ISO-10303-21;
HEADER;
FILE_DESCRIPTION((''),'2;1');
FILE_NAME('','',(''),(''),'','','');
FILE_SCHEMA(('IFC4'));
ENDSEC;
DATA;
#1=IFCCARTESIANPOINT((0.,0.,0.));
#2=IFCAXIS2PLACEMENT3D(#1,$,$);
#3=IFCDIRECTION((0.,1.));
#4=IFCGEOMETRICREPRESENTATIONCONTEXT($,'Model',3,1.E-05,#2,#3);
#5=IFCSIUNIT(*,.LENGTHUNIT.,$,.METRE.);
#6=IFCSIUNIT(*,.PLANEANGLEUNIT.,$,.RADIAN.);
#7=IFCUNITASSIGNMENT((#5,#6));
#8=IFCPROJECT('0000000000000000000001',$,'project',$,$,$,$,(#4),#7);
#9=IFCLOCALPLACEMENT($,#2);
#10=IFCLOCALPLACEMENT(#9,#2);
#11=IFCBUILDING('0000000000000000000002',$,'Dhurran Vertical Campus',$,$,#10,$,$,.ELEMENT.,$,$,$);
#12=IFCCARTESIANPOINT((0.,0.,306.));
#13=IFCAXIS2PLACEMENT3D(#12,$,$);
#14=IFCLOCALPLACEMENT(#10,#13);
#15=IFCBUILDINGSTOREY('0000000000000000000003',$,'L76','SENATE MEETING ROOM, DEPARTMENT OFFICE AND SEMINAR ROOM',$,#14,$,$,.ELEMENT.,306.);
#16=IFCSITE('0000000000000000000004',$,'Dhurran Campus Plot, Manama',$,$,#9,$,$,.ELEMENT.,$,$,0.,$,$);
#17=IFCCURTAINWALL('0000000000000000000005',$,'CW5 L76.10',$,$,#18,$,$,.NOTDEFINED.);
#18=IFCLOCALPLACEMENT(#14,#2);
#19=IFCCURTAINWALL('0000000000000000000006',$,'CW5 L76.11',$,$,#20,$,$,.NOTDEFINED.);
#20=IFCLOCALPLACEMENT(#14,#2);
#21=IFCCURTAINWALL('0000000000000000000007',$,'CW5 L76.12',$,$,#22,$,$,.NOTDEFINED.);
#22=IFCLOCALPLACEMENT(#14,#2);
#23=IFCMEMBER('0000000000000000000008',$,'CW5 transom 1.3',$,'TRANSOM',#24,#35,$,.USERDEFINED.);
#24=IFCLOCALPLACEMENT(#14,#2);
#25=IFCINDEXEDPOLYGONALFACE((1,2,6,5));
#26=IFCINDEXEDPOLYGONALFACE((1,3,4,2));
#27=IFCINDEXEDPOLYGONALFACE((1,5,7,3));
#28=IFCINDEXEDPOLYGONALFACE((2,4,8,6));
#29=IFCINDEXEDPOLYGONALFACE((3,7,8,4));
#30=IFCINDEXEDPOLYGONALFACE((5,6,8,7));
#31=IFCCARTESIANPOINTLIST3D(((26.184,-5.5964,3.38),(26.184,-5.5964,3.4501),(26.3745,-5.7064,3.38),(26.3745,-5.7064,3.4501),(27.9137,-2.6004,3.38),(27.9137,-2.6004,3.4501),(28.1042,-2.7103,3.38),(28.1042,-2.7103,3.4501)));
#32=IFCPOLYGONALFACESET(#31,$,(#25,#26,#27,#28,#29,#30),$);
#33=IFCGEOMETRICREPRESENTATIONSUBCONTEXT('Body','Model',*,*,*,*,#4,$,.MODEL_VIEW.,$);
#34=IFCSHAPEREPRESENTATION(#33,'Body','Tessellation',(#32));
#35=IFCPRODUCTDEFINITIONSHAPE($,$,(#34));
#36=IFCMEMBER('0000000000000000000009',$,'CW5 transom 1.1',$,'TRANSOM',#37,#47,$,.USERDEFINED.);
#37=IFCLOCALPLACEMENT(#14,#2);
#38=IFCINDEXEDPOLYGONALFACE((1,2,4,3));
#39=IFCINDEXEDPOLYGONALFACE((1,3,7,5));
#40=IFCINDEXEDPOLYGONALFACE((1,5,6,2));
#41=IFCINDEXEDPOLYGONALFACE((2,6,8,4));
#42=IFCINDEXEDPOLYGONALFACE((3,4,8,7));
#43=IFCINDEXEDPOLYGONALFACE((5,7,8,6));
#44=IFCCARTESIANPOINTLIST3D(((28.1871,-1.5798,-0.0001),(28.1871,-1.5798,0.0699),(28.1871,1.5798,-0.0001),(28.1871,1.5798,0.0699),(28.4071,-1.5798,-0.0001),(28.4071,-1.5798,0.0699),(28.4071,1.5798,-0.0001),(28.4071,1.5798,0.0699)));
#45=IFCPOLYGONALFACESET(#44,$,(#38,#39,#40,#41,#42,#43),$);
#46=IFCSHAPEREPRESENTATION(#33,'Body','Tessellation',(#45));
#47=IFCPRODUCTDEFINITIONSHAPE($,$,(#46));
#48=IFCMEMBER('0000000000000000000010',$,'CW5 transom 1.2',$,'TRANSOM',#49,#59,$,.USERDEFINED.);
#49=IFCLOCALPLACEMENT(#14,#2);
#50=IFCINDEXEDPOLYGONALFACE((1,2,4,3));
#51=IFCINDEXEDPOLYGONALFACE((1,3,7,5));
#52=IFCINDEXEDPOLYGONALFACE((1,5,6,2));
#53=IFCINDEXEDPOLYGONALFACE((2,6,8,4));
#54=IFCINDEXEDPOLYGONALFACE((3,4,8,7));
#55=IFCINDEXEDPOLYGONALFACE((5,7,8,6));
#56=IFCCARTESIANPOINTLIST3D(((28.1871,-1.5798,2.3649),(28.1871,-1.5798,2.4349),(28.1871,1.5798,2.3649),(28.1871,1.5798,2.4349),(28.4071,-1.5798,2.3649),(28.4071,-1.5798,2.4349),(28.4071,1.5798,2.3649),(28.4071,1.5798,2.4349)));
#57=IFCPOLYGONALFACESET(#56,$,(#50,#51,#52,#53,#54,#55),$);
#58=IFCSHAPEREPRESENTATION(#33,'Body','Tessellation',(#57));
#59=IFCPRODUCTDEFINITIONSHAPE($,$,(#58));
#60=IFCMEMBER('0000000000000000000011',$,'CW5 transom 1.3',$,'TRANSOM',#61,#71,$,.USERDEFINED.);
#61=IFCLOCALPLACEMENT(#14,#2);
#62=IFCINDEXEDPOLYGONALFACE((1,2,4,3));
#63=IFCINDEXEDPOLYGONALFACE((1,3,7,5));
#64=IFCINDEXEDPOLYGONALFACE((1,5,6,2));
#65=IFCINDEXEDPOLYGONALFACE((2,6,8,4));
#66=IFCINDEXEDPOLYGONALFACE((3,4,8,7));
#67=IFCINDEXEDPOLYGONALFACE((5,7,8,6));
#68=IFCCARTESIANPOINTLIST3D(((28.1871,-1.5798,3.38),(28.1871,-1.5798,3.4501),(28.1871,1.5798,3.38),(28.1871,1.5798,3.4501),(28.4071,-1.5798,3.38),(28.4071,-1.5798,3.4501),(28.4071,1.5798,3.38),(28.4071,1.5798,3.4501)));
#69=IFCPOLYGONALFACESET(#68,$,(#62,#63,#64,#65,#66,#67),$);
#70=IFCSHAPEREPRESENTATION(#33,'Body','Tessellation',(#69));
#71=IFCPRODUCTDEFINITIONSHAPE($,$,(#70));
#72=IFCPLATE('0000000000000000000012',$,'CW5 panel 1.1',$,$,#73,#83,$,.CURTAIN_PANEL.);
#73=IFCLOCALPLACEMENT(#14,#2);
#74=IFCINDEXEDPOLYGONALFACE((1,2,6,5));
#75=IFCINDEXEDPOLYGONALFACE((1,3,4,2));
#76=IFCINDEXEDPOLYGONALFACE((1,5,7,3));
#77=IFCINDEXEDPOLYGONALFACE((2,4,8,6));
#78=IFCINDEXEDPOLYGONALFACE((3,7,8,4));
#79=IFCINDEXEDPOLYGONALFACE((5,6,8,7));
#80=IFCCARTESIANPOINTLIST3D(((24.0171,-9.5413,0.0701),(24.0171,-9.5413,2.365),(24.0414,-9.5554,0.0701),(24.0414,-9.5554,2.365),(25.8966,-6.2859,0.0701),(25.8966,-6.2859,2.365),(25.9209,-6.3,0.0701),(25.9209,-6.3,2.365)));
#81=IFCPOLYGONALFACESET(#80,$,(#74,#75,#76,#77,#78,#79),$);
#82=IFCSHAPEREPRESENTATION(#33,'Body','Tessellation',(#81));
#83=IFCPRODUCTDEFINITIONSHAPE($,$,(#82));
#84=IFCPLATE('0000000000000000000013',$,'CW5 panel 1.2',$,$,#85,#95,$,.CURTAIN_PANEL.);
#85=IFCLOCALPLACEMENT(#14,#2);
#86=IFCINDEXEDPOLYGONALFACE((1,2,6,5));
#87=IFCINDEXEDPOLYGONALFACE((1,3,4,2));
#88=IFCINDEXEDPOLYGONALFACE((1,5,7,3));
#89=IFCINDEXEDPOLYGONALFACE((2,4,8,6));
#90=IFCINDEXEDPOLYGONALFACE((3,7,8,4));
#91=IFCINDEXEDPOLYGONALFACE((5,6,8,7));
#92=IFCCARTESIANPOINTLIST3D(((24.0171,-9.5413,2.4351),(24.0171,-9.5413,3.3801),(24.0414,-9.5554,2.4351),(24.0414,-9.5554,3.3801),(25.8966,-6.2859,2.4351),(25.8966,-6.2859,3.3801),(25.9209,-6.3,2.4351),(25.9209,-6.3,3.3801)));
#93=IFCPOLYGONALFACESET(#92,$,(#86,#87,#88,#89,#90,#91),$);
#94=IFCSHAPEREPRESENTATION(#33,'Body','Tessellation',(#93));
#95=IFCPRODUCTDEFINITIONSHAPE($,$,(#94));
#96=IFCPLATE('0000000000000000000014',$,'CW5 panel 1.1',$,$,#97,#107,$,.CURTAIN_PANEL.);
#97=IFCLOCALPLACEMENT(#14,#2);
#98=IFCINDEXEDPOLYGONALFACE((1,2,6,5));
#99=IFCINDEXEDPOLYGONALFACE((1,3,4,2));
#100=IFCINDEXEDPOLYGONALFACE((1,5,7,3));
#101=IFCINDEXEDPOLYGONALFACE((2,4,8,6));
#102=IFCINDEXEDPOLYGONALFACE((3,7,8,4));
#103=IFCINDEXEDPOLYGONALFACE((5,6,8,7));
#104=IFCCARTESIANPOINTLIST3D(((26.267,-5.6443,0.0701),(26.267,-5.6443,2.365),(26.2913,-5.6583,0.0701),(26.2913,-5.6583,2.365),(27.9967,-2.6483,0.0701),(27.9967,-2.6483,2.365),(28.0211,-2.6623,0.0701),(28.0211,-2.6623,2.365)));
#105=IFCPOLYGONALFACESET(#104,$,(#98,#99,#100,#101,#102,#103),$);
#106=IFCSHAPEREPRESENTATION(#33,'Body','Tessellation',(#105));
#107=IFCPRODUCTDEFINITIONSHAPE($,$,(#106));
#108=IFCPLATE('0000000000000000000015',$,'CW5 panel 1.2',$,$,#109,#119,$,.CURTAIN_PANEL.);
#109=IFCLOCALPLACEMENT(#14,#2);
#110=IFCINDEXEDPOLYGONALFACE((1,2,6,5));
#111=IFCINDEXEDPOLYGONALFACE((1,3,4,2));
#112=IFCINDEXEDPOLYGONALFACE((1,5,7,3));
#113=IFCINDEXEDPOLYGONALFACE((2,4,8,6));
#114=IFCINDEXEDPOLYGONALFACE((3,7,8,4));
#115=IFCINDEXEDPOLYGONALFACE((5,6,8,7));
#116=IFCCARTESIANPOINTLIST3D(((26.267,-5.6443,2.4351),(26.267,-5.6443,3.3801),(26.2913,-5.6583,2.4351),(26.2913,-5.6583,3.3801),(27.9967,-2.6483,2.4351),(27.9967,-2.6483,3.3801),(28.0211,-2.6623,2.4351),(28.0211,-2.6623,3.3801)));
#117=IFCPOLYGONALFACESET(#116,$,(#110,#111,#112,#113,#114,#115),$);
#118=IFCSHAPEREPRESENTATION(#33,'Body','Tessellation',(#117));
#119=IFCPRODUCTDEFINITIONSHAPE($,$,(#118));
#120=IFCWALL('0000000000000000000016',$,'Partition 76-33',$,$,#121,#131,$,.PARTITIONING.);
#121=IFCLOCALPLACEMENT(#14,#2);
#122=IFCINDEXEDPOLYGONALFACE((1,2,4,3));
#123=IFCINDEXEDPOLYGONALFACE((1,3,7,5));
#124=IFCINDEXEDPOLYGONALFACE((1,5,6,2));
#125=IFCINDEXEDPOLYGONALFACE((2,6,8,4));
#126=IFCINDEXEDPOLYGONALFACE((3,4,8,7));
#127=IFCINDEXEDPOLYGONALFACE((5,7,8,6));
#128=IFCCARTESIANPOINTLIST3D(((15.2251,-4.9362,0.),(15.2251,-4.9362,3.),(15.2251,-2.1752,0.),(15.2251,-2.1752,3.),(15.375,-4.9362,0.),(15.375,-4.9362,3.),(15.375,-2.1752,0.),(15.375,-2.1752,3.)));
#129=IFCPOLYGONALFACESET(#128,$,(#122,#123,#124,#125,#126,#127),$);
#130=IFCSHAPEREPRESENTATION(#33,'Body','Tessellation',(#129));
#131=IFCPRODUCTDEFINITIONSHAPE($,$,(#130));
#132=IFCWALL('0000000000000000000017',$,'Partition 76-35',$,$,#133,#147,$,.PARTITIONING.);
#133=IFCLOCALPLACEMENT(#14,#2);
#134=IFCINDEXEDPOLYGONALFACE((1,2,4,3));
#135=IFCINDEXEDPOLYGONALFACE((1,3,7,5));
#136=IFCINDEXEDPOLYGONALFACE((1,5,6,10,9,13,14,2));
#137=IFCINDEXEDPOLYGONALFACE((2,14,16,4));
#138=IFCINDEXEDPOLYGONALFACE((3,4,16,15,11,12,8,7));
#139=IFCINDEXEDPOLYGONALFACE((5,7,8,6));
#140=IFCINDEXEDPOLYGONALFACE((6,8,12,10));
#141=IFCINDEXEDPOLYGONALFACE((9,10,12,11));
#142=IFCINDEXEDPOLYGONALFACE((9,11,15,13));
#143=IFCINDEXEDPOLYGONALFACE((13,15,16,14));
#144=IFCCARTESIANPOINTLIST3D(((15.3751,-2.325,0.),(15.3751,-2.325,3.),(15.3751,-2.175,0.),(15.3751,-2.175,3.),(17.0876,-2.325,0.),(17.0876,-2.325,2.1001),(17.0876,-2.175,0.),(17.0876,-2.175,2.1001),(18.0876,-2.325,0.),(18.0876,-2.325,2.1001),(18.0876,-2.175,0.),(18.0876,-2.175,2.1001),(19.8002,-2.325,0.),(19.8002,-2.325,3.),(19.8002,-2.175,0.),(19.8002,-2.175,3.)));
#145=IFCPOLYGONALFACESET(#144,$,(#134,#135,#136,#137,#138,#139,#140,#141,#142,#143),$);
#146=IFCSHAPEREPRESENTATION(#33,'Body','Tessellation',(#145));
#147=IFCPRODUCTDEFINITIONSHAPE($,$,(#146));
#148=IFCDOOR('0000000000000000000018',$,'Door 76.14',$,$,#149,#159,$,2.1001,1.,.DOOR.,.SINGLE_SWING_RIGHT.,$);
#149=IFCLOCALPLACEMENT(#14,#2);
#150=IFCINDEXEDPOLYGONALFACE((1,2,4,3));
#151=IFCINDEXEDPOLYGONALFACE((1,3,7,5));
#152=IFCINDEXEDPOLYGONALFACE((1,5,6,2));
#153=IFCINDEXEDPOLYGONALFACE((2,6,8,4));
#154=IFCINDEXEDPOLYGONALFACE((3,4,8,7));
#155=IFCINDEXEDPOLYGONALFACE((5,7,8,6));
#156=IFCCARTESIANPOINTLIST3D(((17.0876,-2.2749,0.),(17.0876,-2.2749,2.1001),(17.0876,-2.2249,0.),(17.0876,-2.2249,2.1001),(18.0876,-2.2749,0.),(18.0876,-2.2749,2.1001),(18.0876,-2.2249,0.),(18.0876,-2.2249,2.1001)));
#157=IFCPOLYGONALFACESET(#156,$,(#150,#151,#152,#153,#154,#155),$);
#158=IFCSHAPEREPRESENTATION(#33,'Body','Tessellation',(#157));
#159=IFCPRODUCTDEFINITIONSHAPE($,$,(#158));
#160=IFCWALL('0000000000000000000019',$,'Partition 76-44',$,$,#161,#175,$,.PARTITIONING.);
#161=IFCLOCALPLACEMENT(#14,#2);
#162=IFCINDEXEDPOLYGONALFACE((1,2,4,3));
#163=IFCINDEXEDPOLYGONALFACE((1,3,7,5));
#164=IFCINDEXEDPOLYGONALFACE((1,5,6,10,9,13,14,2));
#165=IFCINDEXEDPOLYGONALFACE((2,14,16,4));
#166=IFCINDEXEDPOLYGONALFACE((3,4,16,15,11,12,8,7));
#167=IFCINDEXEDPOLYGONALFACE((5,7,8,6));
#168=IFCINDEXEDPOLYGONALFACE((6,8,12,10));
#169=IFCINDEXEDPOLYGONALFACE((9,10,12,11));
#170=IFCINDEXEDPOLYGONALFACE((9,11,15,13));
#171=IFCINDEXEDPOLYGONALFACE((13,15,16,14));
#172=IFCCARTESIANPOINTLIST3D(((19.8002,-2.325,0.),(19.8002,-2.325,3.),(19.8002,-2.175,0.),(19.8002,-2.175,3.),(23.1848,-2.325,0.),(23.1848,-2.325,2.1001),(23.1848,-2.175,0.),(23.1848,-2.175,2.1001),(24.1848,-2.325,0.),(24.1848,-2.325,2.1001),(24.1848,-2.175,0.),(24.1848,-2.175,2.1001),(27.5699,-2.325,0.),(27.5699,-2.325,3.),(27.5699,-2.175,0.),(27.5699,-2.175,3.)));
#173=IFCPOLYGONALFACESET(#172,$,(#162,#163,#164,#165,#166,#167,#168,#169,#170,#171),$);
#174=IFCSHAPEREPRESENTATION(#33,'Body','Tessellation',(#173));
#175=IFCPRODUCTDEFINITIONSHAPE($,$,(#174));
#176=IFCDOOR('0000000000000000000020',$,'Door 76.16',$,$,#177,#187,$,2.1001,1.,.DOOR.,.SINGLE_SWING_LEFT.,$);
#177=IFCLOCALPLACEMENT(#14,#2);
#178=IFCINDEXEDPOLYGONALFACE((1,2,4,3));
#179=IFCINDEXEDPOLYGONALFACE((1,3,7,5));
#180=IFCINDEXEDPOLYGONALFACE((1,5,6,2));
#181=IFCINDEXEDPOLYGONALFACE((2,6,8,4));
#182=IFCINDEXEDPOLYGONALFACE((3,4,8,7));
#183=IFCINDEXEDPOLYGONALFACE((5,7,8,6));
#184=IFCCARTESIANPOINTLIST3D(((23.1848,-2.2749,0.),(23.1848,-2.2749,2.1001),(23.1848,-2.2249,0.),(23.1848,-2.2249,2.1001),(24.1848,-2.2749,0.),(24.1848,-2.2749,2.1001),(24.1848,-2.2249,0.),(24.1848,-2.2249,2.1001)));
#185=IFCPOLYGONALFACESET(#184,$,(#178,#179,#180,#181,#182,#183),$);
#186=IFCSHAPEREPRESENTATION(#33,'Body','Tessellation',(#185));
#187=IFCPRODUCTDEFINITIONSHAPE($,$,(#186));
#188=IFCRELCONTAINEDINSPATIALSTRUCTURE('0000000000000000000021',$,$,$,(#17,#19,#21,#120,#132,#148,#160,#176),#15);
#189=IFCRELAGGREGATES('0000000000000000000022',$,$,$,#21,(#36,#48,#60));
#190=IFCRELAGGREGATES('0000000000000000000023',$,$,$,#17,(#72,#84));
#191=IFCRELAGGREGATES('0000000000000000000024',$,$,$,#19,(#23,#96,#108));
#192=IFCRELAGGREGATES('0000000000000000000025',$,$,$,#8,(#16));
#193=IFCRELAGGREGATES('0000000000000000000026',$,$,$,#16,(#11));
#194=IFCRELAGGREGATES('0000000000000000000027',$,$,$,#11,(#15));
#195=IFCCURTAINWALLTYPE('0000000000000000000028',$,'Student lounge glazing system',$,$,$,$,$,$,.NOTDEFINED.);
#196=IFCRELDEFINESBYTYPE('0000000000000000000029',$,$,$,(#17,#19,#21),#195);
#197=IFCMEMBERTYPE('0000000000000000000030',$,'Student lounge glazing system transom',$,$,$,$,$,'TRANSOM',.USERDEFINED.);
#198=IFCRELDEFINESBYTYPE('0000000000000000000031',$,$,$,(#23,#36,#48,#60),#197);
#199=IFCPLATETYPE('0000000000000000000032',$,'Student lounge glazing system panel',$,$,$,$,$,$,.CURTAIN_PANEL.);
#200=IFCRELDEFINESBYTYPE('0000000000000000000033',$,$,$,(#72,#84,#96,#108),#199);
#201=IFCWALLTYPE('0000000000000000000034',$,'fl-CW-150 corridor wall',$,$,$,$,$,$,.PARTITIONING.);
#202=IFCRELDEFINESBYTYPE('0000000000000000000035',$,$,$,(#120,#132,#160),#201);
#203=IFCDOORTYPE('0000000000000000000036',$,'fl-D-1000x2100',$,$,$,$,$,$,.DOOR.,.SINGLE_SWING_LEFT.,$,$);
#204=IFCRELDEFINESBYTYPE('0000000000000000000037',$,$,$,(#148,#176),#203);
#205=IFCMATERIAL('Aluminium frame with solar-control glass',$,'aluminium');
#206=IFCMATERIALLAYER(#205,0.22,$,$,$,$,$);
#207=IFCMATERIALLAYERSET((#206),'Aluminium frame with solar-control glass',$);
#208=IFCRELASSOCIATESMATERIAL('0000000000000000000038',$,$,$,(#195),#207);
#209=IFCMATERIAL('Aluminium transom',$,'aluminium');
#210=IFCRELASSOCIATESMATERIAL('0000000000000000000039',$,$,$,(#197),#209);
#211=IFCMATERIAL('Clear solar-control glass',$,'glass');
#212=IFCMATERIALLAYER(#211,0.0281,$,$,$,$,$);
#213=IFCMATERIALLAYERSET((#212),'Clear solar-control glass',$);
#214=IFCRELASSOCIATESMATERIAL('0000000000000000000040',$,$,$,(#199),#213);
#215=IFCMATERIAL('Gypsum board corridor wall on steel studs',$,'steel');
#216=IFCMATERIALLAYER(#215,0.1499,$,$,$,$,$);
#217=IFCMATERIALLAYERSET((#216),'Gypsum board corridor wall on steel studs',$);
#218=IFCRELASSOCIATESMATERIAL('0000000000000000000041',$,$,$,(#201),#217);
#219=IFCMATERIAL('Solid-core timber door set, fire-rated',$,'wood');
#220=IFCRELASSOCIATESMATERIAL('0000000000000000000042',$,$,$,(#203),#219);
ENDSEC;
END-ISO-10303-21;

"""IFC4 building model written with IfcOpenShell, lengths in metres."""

from ifc_helpers import new_model, si_unit, direction, frame, frame_2d, origin, origin_2d, place, context, subcontext, project, spatial, rectangle, extrude, material, layer, layer_set, material_profile, profile_set, type_object, element, fill, aggregate, save


model = new_model("IFC4")

# Units and contexts
model_context = context("Model", 3, precision=1e-05, world=origin(), true_north=direction((0.0, 1.0)))
body_context = subcontext(model_context, "Body", "Model", "MODEL_VIEW")
ifc_project = project(units=[si_unit("LENGTHUNIT", "METRE"), si_unit("PLANEANGLEUNIT", "RADIAN")], contexts=[model_context])

# Site, building, storey
site_placement = place(None, origin())
site = spatial("IfcSite", under=ifc_project, at=site_placement, Name="Dhurran Campus Plot, Manama", CompositionType="ELEMENT", RefElevation=0.0)
building_placement = place(site_placement, origin())
building = spatial("IfcBuilding", under=site, at=building_placement, Name="Dhurran Vertical Campus", CompositionType="ELEMENT")
storey_placement = place(building_placement, frame((0.0, 0.0, 306.0)))
storey = spatial("IfcBuildingStorey", under=building, at=storey_placement, Name="L76", Description="SENATE MEETING ROOM, DEPARTMENT OFFICE AND SEMINAR ROOM", CompositionType="ELEMENT", Elevation=306.0)

# Shared definitions
ifc_material_1 = material(Name="Aluminium frame with solar-control glass", Category="aluminium")
ifc_layer_1 = layer(ifc_material_1, 0.22)
ifc_layer_set_1 = layer_set([ifc_layer_1], Name="Aluminium frame with solar-control glass")
curtain_wall_type = type_object("IfcCurtainWallType", Name="Student lounge glazing system", PredefinedType="NOTDEFINED", material=ifc_layer_set_1)

# Curtain walls
curtain_wall_1_placement = place(storey_placement, origin())
curtain_wall_1 = element("IfcCurtainWall", 1, at=curtain_wall_1_placement, inside=storey, type_object=curtain_wall_type, Name="CW5 L76.10", PredefinedType="NOTDEFINED")
curtain_wall_2_placement = place(storey_placement, origin())
curtain_wall_2 = element("IfcCurtainWall", 2, at=curtain_wall_2_placement, inside=storey, type_object=curtain_wall_type, Name="CW5 L76.11", PredefinedType="NOTDEFINED")

# Curtain wall
curtain_wall_3_placement = place(storey_placement, origin())
curtain_wall_3 = element("IfcCurtainWall", 3, at=curtain_wall_3_placement, inside=storey, type_object=curtain_wall_type, Name="CW5 L76.12", PredefinedType="NOTDEFINED")

# Members
ifc_material_2 = material(Name="Aluminium transom", Category="aluminium")
ifc_material_profile_1 = material_profile(ifc_material_2, rectangle(XDim=0.22, YDim=0.0701, at=origin_2d()), Name="Student lounge glazing system transom")
ifc_profile_set_1 = profile_set([ifc_material_profile_1], Name="Aluminium transom")
member_type_1 = type_object("IfcMemberType", Name="Student lounge glazing system transom", ElementType="TRANSOM", PredefinedType="USERDEFINED", material=ifc_profile_set_1)
member_1_placement = place(storey_placement, frame((26.2793, -5.6514, 3.415), z_axis=(0.499987, 0.866033, 0.0), x_axis=(-0.866033, 0.499987, 0.0)))
member_1 = element("IfcMember", 4, at=member_1_placement, type_object=member_type_1, Name="CW5 transom 1.3", ObjectType="TRANSOM", PredefinedType="USERDEFINED", context=body_context, shape_type="SweptSolid", body=[
    extrude(rectangle(XDim=0.22, YDim=0.0701, at=origin_2d()), origin(), (0.0, 0.0, 1.0), 3.4595),
])
member_2_placement = place(storey_placement, frame((28.2971, -1.5798, 0.0349), z_axis=(0.0, 1.0, 0.0), x_axis=(-1.0, 0.0, 0.0)))
member_2 = element("IfcMember", 5, at=member_2_placement, type_object=member_type_1, Name="CW5 transom 1.1", ObjectType="TRANSOM", PredefinedType="USERDEFINED", context=body_context, shape_type="SweptSolid", body=[
    extrude(rectangle(XDim=0.22, YDim=0.0701, at=origin_2d()), origin(), (0.0, 0.0, 1.0), 3.1597),
])
member_3_placement = place(storey_placement, frame((28.2971, -1.5798, 2.3999), z_axis=(0.0, 1.0, 0.0), x_axis=(-1.0, 0.0, 0.0)))
member_3 = element("IfcMember", 6, at=member_3_placement, type_object=member_type_1, Name="CW5 transom 1.2", ObjectType="TRANSOM", PredefinedType="USERDEFINED", context=body_context, shape_type="SweptSolid", body=[
    extrude(rectangle(XDim=0.22, YDim=0.0701, at=origin_2d()), origin(), (0.0, 0.0, 1.0), 3.1597),
])
member_4_placement = place(storey_placement, frame((28.2971, -1.5798, 3.415), z_axis=(0.0, 1.0, 0.0), x_axis=(-1.0, 0.0, 0.0)))
member_4 = element("IfcMember", 7, at=member_4_placement, type_object=member_type_1, Name="CW5 transom 1.3", ObjectType="TRANSOM", PredefinedType="USERDEFINED", context=body_context, shape_type="SweptSolid", body=[
    extrude(rectangle(XDim=0.22, YDim=0.0701, at=origin_2d()), origin(), (0.0, 0.0, 1.0), 3.1597),
])
aggregate(curtain_wall_3, [member_2, member_3, member_4])

# Plates
ifc_material_3 = material(Name="Clear solar-control glass", Category="glass")
ifc_layer_2 = layer(ifc_material_3, 0.0281)
ifc_layer_set_2 = layer_set([ifc_layer_2], Name="Clear solar-control glass")
plate_type = type_object("IfcPlateType", Name="Student lounge glazing system panel", PredefinedType="CURTAIN_PANEL", material=ifc_layer_set_2)
plate_1_placement = place(storey_placement, frame((24.969, -7.9207, 0.0701), z_axis=(0.0, 0.0, 1.0), x_axis=(0.500004, 0.866023, 0.0)))
plate_1 = element("IfcPlate", 8, at=plate_1_placement, type_object=plate_type, Name="CW5 panel 1.1", PredefinedType="CURTAIN_PANEL", context=body_context, shape_type="SweptSolid", body=[
    extrude(rectangle(XDim=3.759, YDim=0.0281, at=origin_2d()), origin(), (0.0, 0.0, 1.0), 2.2949),
])
plate_2_placement = place(storey_placement, frame((24.969, -7.9207, 2.4351), z_axis=(0.0, 0.0, 1.0), x_axis=(0.500004, 0.866023, 0.0)))
plate_2 = element("IfcPlate", 9, at=plate_2_placement, type_object=plate_type, Name="CW5 panel 1.2", PredefinedType="CURTAIN_PANEL", context=body_context, shape_type="SweptSolid", body=[
    extrude(rectangle(XDim=3.759, YDim=0.0281, at=origin_2d()), origin(), (0.0, 0.0, 1.0), 0.9451),
])
aggregate(curtain_wall_1, [plate_1, plate_2])
plate_3_placement = place(storey_placement, frame((27.144, -4.1533, 0.0701), z_axis=(0.0, 0.0, 1.0), x_axis=(0.499997, 0.866027, 0.0)))
plate_3 = element("IfcPlate", 10, at=plate_3_placement, type_object=plate_type, Name="CW5 panel 1.1", PredefinedType="CURTAIN_PANEL", context=body_context, shape_type="SweptSolid", body=[
    extrude(rectangle(XDim=3.4595, YDim=0.0281, at=origin_2d()), origin(), (0.0, 0.0, 1.0), 2.2949),
])
plate_4_placement = place(storey_placement, frame((27.144, -4.1533, 2.4351), z_axis=(0.0, 0.0, 1.0), x_axis=(0.499997, 0.866027, 0.0)))
plate_4 = element("IfcPlate", 11, at=plate_4_placement, type_object=plate_type, Name="CW5 panel 1.2", PredefinedType="CURTAIN_PANEL", context=body_context, shape_type="SweptSolid", body=[
    extrude(rectangle(XDim=3.4595, YDim=0.0281, at=origin_2d()), origin(), (0.0, 0.0, 1.0), 0.9451),
])
aggregate(curtain_wall_2, [member_1, plate_3, plate_4])

# Wall
ifc_material_4 = material(Name="Gypsum board corridor wall on steel studs", Category="steel")
ifc_layer_3 = layer(ifc_material_4, 0.1499)
ifc_layer_set_3 = layer_set([ifc_layer_3], Name="Gypsum board corridor wall on steel studs")
wall_type_1 = type_object("IfcWallType", Name="fl-CW-150 corridor wall", PredefinedType="PARTITIONING", material=ifc_layer_set_3)
wall_1_placement = place(storey_placement, frame((15.3, -4.936, 0.0), z_axis=(0.0, 0.0, 1.0), x_axis=(0.0, 1.0, 0.0)))
element("IfcWall", 12, at=wall_1_placement, inside=storey, type_object=wall_type_1, Name="Partition 76-33", PredefinedType="PARTITIONING", context=body_context, shape_type="SweptSolid", body=[
    extrude(rectangle(XDim=2.761, YDim=0.1499, at=frame_2d((1.3804, 0.0))), origin(), (0.0, 0.0, 1.0), 3.0),
])

# Walls, openings, doors
wall_2_placement = place(storey_placement, frame((19.8, -2.25, 0.0), z_axis=(0.0, 0.0, 1.0), x_axis=(-1.0, 0.0, 0.0)))
wall_2 = element("IfcWall", 13, at=wall_2_placement, inside=storey, type_object=wall_type_1, Name="Partition 76-35", PredefinedType="PARTITIONING", context=body_context, shape_type="SweptSolid", body=[
    extrude(rectangle(XDim=4.425, YDim=0.1499, at=frame_2d((2.2124, 0.0))), origin(), (0.0, 0.0, 1.0), 3.0),
])
opening_1_placement = place(wall_2_placement, frame((1.7124, 0.0, 0.0)))
opening_1 = element("IfcOpeningElement", 14, at=opening_1_placement, cuts=wall_2, PredefinedType="OPENING", context=body_context, shape_type="SweptSolid", body=[
    extrude(rectangle(XDim=1.0, YDim=2.1001, at=frame_2d((0.5, 1.05))), frame((0.0, 0.085, 0.0), z_axis=(0.0, -1.0, 0.0), x_axis=(1.0, 0.0, 0.0)), (0.0, 0.0, 1.0), 0.1699),
])
ifc_material_5 = material(Name="Solid-core timber door set, fire-rated", Category="wood")
door_type = type_object("IfcDoorType", Name="fl-D-1000x2100", OperationType="SINGLE_SWING_LEFT", PredefinedType="DOOR", material=ifc_material_5)
door_1_placement = place(opening_1_placement, origin())
door_1 = element("IfcDoor", 15, at=door_1_placement, inside=storey, type_object=door_type, Name="Door 76.14", OperationType="SINGLE_SWING_RIGHT", OverallHeight=2.1001, OverallWidth=1.0, PredefinedType="DOOR", context=body_context, shape_type="SweptSolid", body=[
    extrude(rectangle(XDim=1.0, YDim=2.1001, at=frame_2d((0.5, 1.05))), frame((0.0, 0.0249, 0.0), z_axis=(0.0, -1.0, 0.0), x_axis=(1.0, 0.0, 0.0)), (0.0, 0.0, 1.0), 0.05),
])
fill(opening_1, door_1)
wall_3_placement = place(storey_placement, frame((27.5698, -2.25, 0.0), z_axis=(0.0, 0.0, 1.0), x_axis=(-1.0, 0.0, 0.0)))
wall_3 = element("IfcWall", 16, at=wall_3_placement, inside=storey, type_object=wall_type_1, Name="Partition 76-44", PredefinedType="PARTITIONING", context=body_context, shape_type="SweptSolid", body=[
    extrude(rectangle(XDim=7.7698, YDim=0.1499, at=frame_2d((3.8848, 0.0))), origin(), (0.0, 0.0, 1.0), 3.0),
])
opening_2_placement = place(wall_3_placement, frame((3.385, 0.0, 0.0)))
opening_2 = element("IfcOpeningElement", 17, at=opening_2_placement, cuts=wall_3, PredefinedType="OPENING", context=body_context, shape_type="SweptSolid", body=[
    extrude(rectangle(XDim=1.0, YDim=2.1001, at=frame_2d((0.5, 1.05))), frame((0.0, 0.085, 0.0), z_axis=(0.0, -1.0, 0.0), x_axis=(1.0, 0.0, 0.0)), (0.0, 0.0, 1.0), 0.1699),
])
door_2_placement = place(opening_2_placement, origin())
door_2 = element("IfcDoor", 18, at=door_2_placement, inside=storey, type_object=door_type, Name="Door 76.16", OperationType="SINGLE_SWING_LEFT", OverallHeight=2.1001, OverallWidth=1.0, PredefinedType="DOOR", context=body_context, shape_type="SweptSolid", body=[
    extrude(rectangle(XDim=1.0, YDim=2.1001, at=frame_2d((0.5, 1.05))), frame((0.0, 0.0249, 0.0), z_axis=(0.0, -1.0, 0.0), x_axis=(1.0, 0.0, 0.0)), (0.0, 0.0, 1.0), 0.05),
])
fill(opening_2, door_2)

save(model, "model.ifc")
